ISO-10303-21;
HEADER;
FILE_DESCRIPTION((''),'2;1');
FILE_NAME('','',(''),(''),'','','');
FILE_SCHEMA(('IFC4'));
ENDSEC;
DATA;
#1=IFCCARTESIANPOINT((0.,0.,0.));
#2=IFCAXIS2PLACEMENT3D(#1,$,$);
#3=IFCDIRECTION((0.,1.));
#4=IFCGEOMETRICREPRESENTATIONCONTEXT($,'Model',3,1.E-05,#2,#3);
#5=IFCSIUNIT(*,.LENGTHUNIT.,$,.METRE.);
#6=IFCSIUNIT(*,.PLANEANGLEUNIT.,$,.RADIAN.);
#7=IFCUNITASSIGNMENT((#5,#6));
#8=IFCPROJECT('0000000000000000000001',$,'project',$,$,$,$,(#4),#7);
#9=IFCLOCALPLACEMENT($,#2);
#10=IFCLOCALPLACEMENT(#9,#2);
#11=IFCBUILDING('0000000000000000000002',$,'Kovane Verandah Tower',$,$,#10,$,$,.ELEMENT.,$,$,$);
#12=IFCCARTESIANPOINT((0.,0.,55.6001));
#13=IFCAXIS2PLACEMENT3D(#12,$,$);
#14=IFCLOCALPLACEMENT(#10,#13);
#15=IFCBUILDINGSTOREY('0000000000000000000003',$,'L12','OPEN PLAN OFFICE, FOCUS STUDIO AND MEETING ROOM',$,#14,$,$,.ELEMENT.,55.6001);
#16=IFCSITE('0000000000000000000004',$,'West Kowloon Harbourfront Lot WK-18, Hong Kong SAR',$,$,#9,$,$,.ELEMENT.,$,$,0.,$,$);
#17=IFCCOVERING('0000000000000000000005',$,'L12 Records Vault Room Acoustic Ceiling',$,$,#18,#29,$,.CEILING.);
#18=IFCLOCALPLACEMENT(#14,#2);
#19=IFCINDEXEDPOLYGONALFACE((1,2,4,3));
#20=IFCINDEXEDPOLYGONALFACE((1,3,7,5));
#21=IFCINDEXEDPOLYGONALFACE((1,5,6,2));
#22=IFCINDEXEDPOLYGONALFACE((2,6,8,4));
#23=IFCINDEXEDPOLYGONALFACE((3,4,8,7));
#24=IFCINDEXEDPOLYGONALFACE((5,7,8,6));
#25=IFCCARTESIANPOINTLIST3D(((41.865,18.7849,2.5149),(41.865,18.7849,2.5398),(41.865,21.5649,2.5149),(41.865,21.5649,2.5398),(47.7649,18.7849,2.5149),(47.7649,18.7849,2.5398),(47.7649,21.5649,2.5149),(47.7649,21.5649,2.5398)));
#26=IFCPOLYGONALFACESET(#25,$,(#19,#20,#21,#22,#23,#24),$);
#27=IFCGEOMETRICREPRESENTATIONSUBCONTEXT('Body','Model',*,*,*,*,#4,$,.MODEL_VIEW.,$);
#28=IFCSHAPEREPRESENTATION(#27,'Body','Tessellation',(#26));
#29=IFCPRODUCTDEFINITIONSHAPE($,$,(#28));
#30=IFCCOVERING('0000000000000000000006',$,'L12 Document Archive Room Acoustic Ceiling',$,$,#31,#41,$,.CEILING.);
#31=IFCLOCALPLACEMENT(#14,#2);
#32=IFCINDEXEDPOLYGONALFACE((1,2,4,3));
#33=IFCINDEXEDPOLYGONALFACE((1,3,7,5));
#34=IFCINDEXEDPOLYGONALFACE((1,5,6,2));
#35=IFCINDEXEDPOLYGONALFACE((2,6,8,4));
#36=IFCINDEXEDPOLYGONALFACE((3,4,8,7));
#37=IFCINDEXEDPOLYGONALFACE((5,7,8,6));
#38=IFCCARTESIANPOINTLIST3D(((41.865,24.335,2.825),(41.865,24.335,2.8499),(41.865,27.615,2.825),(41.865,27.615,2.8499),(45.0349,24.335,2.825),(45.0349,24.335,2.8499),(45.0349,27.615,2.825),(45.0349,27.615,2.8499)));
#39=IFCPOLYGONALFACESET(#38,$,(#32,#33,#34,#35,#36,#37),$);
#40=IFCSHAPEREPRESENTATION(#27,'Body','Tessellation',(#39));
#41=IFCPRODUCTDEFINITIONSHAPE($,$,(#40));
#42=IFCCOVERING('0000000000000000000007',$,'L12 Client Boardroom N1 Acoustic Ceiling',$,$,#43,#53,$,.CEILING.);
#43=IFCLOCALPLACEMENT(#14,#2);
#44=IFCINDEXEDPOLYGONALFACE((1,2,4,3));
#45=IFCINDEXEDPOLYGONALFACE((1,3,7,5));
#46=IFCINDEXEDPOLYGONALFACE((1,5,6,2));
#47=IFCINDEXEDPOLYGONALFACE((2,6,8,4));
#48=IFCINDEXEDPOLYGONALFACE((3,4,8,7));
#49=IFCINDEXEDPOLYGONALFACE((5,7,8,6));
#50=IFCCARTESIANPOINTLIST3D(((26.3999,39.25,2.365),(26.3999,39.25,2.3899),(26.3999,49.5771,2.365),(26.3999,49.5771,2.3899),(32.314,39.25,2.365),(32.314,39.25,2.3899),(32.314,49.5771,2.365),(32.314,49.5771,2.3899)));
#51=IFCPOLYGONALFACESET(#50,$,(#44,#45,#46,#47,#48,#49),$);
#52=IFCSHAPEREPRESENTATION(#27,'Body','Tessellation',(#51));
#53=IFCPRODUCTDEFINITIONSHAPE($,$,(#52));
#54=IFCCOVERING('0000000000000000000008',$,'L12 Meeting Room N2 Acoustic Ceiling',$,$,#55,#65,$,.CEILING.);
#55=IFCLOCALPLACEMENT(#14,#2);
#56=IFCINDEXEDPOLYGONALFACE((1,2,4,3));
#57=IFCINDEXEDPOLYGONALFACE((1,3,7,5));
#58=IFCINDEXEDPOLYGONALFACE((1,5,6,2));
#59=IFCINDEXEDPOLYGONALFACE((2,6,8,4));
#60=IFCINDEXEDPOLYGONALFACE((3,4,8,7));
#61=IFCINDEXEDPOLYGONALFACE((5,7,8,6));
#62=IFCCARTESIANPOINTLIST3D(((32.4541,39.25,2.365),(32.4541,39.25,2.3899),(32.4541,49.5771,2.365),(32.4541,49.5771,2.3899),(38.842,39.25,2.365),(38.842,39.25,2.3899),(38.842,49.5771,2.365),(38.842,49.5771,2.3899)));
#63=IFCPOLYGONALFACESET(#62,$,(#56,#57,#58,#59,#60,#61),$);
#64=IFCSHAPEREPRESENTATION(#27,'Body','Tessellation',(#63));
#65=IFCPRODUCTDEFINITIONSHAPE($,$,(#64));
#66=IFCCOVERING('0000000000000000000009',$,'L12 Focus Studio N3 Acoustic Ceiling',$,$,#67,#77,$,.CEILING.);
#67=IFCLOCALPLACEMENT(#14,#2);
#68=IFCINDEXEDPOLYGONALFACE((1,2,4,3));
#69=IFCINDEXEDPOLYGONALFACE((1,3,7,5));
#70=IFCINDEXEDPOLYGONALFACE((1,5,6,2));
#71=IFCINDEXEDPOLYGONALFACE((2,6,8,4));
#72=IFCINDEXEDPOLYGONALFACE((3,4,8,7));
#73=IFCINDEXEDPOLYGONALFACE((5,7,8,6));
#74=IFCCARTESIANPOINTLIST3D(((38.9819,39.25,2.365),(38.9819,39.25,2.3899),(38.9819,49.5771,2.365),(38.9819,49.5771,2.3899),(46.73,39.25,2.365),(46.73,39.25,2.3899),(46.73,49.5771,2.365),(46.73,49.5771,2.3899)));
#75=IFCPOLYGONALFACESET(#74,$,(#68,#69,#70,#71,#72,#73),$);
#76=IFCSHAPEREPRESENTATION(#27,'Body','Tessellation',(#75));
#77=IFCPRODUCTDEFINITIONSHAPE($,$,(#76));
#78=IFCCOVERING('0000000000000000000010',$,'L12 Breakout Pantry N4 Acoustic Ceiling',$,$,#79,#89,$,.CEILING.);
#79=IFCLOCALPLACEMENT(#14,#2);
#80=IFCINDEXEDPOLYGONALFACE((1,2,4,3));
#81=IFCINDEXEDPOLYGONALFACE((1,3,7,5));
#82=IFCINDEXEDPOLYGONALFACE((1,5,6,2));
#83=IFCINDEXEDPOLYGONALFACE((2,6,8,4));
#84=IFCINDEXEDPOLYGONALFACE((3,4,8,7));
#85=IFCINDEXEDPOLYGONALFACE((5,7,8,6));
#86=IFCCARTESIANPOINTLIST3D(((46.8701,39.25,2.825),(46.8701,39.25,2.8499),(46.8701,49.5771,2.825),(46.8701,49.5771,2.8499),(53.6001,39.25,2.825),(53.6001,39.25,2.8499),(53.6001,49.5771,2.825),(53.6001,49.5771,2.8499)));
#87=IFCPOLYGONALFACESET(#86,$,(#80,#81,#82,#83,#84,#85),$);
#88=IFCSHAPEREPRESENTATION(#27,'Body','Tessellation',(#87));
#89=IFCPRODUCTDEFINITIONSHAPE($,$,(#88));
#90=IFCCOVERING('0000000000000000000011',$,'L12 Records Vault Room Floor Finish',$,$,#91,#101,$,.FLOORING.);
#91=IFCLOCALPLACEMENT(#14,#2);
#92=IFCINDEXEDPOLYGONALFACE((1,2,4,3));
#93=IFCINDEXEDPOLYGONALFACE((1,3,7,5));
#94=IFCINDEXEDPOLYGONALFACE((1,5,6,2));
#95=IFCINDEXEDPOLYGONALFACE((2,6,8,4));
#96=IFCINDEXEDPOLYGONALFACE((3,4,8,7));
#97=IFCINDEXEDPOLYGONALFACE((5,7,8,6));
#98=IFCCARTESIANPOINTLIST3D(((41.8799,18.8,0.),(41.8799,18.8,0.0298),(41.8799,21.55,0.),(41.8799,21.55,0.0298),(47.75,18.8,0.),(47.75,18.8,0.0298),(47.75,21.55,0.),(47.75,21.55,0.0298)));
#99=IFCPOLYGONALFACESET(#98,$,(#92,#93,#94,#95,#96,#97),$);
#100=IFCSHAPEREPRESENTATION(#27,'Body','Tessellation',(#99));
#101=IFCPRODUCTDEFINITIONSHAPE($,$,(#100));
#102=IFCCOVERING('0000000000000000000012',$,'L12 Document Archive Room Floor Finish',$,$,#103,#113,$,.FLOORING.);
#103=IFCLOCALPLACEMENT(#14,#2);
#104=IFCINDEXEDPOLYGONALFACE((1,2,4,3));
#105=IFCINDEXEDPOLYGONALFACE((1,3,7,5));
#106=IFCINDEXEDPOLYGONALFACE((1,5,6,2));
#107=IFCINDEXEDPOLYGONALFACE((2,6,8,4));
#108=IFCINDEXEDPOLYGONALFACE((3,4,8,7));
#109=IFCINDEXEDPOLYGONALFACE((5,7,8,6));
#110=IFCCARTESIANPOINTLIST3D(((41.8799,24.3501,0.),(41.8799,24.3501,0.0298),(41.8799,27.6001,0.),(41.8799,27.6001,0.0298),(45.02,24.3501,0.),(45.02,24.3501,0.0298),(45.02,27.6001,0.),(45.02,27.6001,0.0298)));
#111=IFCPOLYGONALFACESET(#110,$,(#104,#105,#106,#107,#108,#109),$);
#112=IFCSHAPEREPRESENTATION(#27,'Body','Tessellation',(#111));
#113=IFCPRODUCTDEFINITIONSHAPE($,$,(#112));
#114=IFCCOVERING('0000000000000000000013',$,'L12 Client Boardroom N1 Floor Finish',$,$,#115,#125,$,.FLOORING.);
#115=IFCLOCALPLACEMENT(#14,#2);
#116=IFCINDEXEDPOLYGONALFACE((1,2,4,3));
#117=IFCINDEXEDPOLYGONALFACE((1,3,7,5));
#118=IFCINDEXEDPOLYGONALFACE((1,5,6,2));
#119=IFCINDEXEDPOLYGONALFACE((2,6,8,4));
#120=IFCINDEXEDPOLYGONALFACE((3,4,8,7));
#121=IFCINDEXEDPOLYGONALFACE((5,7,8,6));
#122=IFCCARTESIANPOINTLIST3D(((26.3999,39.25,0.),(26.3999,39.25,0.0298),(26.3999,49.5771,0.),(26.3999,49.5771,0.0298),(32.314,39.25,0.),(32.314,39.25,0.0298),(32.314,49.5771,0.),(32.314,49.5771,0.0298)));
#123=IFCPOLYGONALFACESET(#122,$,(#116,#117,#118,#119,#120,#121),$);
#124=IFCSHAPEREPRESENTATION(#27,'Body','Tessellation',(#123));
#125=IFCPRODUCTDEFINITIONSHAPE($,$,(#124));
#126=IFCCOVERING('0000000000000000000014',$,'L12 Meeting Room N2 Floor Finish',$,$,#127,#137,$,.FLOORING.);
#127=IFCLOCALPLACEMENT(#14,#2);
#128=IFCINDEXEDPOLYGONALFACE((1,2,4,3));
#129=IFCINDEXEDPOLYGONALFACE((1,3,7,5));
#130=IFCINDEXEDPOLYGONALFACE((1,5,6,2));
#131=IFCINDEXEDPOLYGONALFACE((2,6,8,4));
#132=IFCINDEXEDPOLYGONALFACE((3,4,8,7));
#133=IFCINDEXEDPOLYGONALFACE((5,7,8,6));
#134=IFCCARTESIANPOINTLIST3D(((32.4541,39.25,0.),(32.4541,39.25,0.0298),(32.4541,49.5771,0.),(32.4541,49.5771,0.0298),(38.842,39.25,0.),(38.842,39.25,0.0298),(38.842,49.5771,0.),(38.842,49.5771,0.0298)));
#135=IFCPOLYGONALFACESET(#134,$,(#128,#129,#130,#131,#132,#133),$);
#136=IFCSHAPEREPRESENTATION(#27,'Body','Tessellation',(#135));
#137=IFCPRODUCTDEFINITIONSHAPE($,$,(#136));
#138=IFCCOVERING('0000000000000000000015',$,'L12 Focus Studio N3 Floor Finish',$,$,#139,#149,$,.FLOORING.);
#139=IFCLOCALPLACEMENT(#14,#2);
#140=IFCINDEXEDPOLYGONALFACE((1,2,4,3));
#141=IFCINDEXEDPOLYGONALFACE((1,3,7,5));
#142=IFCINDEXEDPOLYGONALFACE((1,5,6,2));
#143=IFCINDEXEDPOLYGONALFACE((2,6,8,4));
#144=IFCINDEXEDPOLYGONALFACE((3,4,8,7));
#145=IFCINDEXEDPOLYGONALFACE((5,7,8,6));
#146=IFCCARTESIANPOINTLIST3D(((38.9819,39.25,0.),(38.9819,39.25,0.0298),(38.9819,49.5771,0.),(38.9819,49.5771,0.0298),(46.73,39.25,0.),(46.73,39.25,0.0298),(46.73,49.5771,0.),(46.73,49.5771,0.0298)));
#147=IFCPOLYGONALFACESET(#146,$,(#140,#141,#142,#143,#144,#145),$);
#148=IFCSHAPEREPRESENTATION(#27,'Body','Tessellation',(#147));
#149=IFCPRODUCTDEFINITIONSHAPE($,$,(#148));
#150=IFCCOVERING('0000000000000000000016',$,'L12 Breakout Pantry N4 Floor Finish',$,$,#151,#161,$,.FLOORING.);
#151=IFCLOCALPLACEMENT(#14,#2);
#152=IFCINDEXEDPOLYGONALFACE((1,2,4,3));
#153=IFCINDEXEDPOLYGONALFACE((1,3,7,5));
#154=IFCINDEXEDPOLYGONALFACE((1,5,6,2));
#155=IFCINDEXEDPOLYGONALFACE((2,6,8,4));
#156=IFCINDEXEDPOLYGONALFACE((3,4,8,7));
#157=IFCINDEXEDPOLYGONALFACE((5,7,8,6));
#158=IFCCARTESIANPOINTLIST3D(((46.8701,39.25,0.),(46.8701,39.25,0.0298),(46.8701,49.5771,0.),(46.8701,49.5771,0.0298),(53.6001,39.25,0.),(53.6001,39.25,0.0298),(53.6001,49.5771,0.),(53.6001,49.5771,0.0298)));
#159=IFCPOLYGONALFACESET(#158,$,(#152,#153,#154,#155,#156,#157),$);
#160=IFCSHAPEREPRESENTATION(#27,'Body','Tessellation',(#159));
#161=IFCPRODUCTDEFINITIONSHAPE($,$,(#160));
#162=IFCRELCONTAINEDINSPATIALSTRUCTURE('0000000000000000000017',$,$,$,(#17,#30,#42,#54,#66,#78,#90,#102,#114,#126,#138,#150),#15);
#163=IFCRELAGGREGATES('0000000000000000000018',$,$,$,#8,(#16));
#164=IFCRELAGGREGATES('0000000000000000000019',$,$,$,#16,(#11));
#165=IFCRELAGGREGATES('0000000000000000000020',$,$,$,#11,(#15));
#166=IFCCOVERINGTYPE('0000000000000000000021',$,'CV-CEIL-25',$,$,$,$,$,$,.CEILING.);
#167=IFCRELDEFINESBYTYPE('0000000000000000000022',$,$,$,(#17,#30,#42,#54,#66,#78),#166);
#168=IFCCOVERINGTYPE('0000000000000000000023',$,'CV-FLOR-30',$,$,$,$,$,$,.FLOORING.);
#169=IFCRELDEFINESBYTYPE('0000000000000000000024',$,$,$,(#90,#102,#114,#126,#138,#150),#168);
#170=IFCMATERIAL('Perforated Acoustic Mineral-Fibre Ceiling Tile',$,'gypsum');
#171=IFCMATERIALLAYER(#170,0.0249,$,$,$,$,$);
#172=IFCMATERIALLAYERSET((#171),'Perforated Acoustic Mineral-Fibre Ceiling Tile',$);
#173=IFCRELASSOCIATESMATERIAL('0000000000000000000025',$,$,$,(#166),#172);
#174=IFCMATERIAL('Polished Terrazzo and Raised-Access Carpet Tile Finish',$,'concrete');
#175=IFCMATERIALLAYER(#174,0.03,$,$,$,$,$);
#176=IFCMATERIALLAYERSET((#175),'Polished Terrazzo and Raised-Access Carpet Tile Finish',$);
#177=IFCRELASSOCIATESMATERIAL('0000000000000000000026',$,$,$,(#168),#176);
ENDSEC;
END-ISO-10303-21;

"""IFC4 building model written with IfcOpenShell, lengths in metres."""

from ifc_helpers import new_model, si_unit, direction, frame, origin, place, context, subcontext, project, spatial, polyline, outline, extrude, material, layer, layer_set, type_object, element, save


model = new_model("IFC4")

# Units and contexts
model_context = context("Model", 3, precision=1e-05, world=origin(), true_north=direction((0.0, 1.0)))
body_context = subcontext(model_context, "Body", "Model", "MODEL_VIEW")
ifc_project = project(units=[si_unit("LENGTHUNIT", "METRE"), si_unit("PLANEANGLEUNIT", "RADIAN")], contexts=[model_context])

# Site, building, storey
site_placement = place(None, origin())
site = spatial("IfcSite", under=ifc_project, at=site_placement, Name="West Kowloon Harbourfront Lot WK-18, Hong Kong SAR", CompositionType="ELEMENT", RefElevation=0.0)
building_placement = place(site_placement, origin())
building = spatial("IfcBuilding", under=site, at=building_placement, Name="Kovane Verandah Tower", CompositionType="ELEMENT")
storey_placement = place(building_placement, frame((0.0, 0.0, 55.6001)))
storey = spatial("IfcBuildingStorey", under=building, at=storey_placement, Name="L12", Description="OPEN PLAN OFFICE, FOCUS STUDIO AND MEETING ROOM", CompositionType="ELEMENT", Elevation=55.6001)

# Coverings
ifc_material_1 = material(Name="Perforated Acoustic Mineral-Fibre Ceiling Tile", Category="gypsum")
ifc_layer_1 = layer(ifc_material_1, 0.0249)
ifc_layer_set_1 = layer_set([ifc_layer_1], Name="Perforated Acoustic Mineral-Fibre Ceiling Tile")
covering_type_1 = type_object("IfcCoveringType", Name="CV-CEIL-25", PredefinedType="CEILING", material=ifc_layer_set_1)
covering_1_placement = place(storey_placement, frame((0.0, 0.0, 2.5149)))
element("IfcCovering", 1, at=covering_1_placement, inside=storey, type_object=covering_type_1, Name="L12 Records Vault Room Acoustic Ceiling", PredefinedType="CEILING", context=body_context, shape_type="SweptSolid", body=[
    extrude(outline(polyline([(41.865, 18.7849), (47.7649, 18.7849), (47.7649, 21.5649), (41.865, 21.5649), (41.865, 18.7849)])), origin(), (0.0, 0.0, 1.0), 0.0249),
])
covering_2_placement = place(storey_placement, frame((0.0, 0.0, 2.825)))
element("IfcCovering", 2, at=covering_2_placement, inside=storey, type_object=covering_type_1, Name="L12 Document Archive Room Acoustic Ceiling", PredefinedType="CEILING", context=body_context, shape_type="SweptSolid", body=[
    extrude(outline(polyline([(41.865, 24.335), (45.0349, 24.335), (45.0349, 27.615), (41.865, 27.615), (41.865, 24.335)])), origin(), (0.0, 0.0, 1.0), 0.0249),
])
covering_3_placement = place(storey_placement, frame((0.0, 0.0, 2.365)))
element("IfcCovering", 3, at=covering_3_placement, inside=storey, type_object=covering_type_1, Name="L12 Client Boardroom N1 Acoustic Ceiling", PredefinedType="CEILING", context=body_context, shape_type="SweptSolid", body=[
    extrude(outline(polyline([(26.3999, 39.25), (32.314, 39.25), (32.314, 49.5771), (26.3999, 49.5771), (26.3999, 39.25)])), origin(), (0.0, 0.0, 1.0), 0.0249),
])
covering_4_placement = place(storey_placement, frame((0.0, 0.0, 2.365)))
element("IfcCovering", 4, at=covering_4_placement, inside=storey, type_object=covering_type_1, Name="L12 Meeting Room N2 Acoustic Ceiling", PredefinedType="CEILING", context=body_context, shape_type="SweptSolid", body=[
    extrude(outline(polyline([(32.4541, 39.25), (38.842, 39.25), (38.842, 49.5771), (32.4541, 49.5771), (32.4541, 39.25)])), origin(), (0.0, 0.0, 1.0), 0.0249),
])
covering_5_placement = place(storey_placement, frame((0.0, 0.0, 2.365)))
element("IfcCovering", 5, at=covering_5_placement, inside=storey, type_object=covering_type_1, Name="L12 Focus Studio N3 Acoustic Ceiling", PredefinedType="CEILING", context=body_context, shape_type="SweptSolid", body=[
    extrude(outline(polyline([(38.9819, 39.25), (46.73, 39.25), (46.73, 49.5771), (38.9819, 49.5771), (38.9819, 39.25)])), origin(), (0.0, 0.0, 1.0), 0.0249),
])
covering_6_placement = place(storey_placement, frame((0.0, 0.0, 2.825)))
element("IfcCovering", 6, at=covering_6_placement, inside=storey, type_object=covering_type_1, Name="L12 Breakout Pantry N4 Acoustic Ceiling", PredefinedType="CEILING", context=body_context, shape_type="SweptSolid", body=[
    extrude(outline(polyline([(46.8701, 39.25), (53.6001, 39.25), (53.6001, 49.5771), (46.8701, 49.5771), (46.8701, 39.25)])), origin(), (0.0, 0.0, 1.0), 0.0249),
])
ifc_material_2 = material(Name="Polished Terrazzo and Raised-Access Carpet Tile Finish", Category="concrete")
ifc_layer_2 = layer(ifc_material_2, 0.03)
ifc_layer_set_2 = layer_set([ifc_layer_2], Name="Polished Terrazzo and Raised-Access Carpet Tile Finish")
covering_type_2 = type_object("IfcCoveringType", Name="CV-FLOR-30", PredefinedType="FLOORING", material=ifc_layer_set_2)
covering_7_placement = place(storey_placement, origin())
element("IfcCovering", 7, at=covering_7_placement, inside=storey, type_object=covering_type_2, Name="L12 Records Vault Room Floor Finish", PredefinedType="FLOORING", context=body_context, shape_type="SweptSolid", body=[
    extrude(outline(polyline([(41.8799, 18.8), (47.75, 18.8), (47.75, 21.55), (41.8799, 21.55), (41.8799, 18.8)])), origin(), (0.0, 0.0, 1.0), 0.0298),
])
covering_8_placement = place(storey_placement, origin())
element("IfcCovering", 8, at=covering_8_placement, inside=storey, type_object=covering_type_2, Name="L12 Document Archive Room Floor Finish", PredefinedType="FLOORING", context=body_context, shape_type="SweptSolid", body=[
    extrude(outline(polyline([(41.8799, 24.3501), (45.02, 24.3501), (45.02, 27.6001), (41.8799, 27.6001), (41.8799, 24.3501)])), origin(), (0.0, 0.0, 1.0), 0.0298),
])
covering_9_placement = place(storey_placement, origin())
element("IfcCovering", 9, at=covering_9_placement, inside=storey, type_object=covering_type_2, Name="L12 Client Boardroom N1 Floor Finish", PredefinedType="FLOORING", context=body_context, shape_type="SweptSolid", body=[
    extrude(outline(polyline([(26.3999, 39.25), (32.314, 39.25), (32.314, 49.5771), (26.3999, 49.5771), (26.3999, 39.25)])), origin(), (0.0, 0.0, 1.0), 0.0298),
])
covering_10_placement = place(storey_placement, origin())
element("IfcCovering", 10, at=covering_10_placement, inside=storey, type_object=covering_type_2, Name="L12 Meeting Room N2 Floor Finish", PredefinedType="FLOORING", context=body_context, shape_type="SweptSolid", body=[
    extrude(outline(polyline([(32.4541, 39.25), (38.842, 39.25), (38.842, 49.5771), (32.4541, 49.5771), (32.4541, 39.25)])), origin(), (0.0, 0.0, 1.0), 0.0298),
])
covering_11_placement = place(storey_placement, origin())
element("IfcCovering", 11, at=covering_11_placement, inside=storey, type_object=covering_type_2, Name="L12 Focus Studio N3 Floor Finish", PredefinedType="FLOORING", context=body_context, shape_type="SweptSolid", body=[
    extrude(outline(polyline([(38.9819, 39.25), (46.73, 39.25), (46.73, 49.5771), (38.9819, 49.5771), (38.9819, 39.25)])), origin(), (0.0, 0.0, 1.0), 0.0298),
])
covering_12_placement = place(storey_placement, origin())
element("IfcCovering", 12, at=covering_12_placement, inside=storey, type_object=covering_type_2, Name="L12 Breakout Pantry N4 Floor Finish", PredefinedType="FLOORING", context=body_context, shape_type="SweptSolid", body=[
    extrude(outline(polyline([(46.8701, 39.25), (53.6001, 39.25), (53.6001, 49.5771), (46.8701, 49.5771), (46.8701, 39.25)])), origin(), (0.0, 0.0, 1.0), 0.0298),
])

save(model, "model.ifc")
